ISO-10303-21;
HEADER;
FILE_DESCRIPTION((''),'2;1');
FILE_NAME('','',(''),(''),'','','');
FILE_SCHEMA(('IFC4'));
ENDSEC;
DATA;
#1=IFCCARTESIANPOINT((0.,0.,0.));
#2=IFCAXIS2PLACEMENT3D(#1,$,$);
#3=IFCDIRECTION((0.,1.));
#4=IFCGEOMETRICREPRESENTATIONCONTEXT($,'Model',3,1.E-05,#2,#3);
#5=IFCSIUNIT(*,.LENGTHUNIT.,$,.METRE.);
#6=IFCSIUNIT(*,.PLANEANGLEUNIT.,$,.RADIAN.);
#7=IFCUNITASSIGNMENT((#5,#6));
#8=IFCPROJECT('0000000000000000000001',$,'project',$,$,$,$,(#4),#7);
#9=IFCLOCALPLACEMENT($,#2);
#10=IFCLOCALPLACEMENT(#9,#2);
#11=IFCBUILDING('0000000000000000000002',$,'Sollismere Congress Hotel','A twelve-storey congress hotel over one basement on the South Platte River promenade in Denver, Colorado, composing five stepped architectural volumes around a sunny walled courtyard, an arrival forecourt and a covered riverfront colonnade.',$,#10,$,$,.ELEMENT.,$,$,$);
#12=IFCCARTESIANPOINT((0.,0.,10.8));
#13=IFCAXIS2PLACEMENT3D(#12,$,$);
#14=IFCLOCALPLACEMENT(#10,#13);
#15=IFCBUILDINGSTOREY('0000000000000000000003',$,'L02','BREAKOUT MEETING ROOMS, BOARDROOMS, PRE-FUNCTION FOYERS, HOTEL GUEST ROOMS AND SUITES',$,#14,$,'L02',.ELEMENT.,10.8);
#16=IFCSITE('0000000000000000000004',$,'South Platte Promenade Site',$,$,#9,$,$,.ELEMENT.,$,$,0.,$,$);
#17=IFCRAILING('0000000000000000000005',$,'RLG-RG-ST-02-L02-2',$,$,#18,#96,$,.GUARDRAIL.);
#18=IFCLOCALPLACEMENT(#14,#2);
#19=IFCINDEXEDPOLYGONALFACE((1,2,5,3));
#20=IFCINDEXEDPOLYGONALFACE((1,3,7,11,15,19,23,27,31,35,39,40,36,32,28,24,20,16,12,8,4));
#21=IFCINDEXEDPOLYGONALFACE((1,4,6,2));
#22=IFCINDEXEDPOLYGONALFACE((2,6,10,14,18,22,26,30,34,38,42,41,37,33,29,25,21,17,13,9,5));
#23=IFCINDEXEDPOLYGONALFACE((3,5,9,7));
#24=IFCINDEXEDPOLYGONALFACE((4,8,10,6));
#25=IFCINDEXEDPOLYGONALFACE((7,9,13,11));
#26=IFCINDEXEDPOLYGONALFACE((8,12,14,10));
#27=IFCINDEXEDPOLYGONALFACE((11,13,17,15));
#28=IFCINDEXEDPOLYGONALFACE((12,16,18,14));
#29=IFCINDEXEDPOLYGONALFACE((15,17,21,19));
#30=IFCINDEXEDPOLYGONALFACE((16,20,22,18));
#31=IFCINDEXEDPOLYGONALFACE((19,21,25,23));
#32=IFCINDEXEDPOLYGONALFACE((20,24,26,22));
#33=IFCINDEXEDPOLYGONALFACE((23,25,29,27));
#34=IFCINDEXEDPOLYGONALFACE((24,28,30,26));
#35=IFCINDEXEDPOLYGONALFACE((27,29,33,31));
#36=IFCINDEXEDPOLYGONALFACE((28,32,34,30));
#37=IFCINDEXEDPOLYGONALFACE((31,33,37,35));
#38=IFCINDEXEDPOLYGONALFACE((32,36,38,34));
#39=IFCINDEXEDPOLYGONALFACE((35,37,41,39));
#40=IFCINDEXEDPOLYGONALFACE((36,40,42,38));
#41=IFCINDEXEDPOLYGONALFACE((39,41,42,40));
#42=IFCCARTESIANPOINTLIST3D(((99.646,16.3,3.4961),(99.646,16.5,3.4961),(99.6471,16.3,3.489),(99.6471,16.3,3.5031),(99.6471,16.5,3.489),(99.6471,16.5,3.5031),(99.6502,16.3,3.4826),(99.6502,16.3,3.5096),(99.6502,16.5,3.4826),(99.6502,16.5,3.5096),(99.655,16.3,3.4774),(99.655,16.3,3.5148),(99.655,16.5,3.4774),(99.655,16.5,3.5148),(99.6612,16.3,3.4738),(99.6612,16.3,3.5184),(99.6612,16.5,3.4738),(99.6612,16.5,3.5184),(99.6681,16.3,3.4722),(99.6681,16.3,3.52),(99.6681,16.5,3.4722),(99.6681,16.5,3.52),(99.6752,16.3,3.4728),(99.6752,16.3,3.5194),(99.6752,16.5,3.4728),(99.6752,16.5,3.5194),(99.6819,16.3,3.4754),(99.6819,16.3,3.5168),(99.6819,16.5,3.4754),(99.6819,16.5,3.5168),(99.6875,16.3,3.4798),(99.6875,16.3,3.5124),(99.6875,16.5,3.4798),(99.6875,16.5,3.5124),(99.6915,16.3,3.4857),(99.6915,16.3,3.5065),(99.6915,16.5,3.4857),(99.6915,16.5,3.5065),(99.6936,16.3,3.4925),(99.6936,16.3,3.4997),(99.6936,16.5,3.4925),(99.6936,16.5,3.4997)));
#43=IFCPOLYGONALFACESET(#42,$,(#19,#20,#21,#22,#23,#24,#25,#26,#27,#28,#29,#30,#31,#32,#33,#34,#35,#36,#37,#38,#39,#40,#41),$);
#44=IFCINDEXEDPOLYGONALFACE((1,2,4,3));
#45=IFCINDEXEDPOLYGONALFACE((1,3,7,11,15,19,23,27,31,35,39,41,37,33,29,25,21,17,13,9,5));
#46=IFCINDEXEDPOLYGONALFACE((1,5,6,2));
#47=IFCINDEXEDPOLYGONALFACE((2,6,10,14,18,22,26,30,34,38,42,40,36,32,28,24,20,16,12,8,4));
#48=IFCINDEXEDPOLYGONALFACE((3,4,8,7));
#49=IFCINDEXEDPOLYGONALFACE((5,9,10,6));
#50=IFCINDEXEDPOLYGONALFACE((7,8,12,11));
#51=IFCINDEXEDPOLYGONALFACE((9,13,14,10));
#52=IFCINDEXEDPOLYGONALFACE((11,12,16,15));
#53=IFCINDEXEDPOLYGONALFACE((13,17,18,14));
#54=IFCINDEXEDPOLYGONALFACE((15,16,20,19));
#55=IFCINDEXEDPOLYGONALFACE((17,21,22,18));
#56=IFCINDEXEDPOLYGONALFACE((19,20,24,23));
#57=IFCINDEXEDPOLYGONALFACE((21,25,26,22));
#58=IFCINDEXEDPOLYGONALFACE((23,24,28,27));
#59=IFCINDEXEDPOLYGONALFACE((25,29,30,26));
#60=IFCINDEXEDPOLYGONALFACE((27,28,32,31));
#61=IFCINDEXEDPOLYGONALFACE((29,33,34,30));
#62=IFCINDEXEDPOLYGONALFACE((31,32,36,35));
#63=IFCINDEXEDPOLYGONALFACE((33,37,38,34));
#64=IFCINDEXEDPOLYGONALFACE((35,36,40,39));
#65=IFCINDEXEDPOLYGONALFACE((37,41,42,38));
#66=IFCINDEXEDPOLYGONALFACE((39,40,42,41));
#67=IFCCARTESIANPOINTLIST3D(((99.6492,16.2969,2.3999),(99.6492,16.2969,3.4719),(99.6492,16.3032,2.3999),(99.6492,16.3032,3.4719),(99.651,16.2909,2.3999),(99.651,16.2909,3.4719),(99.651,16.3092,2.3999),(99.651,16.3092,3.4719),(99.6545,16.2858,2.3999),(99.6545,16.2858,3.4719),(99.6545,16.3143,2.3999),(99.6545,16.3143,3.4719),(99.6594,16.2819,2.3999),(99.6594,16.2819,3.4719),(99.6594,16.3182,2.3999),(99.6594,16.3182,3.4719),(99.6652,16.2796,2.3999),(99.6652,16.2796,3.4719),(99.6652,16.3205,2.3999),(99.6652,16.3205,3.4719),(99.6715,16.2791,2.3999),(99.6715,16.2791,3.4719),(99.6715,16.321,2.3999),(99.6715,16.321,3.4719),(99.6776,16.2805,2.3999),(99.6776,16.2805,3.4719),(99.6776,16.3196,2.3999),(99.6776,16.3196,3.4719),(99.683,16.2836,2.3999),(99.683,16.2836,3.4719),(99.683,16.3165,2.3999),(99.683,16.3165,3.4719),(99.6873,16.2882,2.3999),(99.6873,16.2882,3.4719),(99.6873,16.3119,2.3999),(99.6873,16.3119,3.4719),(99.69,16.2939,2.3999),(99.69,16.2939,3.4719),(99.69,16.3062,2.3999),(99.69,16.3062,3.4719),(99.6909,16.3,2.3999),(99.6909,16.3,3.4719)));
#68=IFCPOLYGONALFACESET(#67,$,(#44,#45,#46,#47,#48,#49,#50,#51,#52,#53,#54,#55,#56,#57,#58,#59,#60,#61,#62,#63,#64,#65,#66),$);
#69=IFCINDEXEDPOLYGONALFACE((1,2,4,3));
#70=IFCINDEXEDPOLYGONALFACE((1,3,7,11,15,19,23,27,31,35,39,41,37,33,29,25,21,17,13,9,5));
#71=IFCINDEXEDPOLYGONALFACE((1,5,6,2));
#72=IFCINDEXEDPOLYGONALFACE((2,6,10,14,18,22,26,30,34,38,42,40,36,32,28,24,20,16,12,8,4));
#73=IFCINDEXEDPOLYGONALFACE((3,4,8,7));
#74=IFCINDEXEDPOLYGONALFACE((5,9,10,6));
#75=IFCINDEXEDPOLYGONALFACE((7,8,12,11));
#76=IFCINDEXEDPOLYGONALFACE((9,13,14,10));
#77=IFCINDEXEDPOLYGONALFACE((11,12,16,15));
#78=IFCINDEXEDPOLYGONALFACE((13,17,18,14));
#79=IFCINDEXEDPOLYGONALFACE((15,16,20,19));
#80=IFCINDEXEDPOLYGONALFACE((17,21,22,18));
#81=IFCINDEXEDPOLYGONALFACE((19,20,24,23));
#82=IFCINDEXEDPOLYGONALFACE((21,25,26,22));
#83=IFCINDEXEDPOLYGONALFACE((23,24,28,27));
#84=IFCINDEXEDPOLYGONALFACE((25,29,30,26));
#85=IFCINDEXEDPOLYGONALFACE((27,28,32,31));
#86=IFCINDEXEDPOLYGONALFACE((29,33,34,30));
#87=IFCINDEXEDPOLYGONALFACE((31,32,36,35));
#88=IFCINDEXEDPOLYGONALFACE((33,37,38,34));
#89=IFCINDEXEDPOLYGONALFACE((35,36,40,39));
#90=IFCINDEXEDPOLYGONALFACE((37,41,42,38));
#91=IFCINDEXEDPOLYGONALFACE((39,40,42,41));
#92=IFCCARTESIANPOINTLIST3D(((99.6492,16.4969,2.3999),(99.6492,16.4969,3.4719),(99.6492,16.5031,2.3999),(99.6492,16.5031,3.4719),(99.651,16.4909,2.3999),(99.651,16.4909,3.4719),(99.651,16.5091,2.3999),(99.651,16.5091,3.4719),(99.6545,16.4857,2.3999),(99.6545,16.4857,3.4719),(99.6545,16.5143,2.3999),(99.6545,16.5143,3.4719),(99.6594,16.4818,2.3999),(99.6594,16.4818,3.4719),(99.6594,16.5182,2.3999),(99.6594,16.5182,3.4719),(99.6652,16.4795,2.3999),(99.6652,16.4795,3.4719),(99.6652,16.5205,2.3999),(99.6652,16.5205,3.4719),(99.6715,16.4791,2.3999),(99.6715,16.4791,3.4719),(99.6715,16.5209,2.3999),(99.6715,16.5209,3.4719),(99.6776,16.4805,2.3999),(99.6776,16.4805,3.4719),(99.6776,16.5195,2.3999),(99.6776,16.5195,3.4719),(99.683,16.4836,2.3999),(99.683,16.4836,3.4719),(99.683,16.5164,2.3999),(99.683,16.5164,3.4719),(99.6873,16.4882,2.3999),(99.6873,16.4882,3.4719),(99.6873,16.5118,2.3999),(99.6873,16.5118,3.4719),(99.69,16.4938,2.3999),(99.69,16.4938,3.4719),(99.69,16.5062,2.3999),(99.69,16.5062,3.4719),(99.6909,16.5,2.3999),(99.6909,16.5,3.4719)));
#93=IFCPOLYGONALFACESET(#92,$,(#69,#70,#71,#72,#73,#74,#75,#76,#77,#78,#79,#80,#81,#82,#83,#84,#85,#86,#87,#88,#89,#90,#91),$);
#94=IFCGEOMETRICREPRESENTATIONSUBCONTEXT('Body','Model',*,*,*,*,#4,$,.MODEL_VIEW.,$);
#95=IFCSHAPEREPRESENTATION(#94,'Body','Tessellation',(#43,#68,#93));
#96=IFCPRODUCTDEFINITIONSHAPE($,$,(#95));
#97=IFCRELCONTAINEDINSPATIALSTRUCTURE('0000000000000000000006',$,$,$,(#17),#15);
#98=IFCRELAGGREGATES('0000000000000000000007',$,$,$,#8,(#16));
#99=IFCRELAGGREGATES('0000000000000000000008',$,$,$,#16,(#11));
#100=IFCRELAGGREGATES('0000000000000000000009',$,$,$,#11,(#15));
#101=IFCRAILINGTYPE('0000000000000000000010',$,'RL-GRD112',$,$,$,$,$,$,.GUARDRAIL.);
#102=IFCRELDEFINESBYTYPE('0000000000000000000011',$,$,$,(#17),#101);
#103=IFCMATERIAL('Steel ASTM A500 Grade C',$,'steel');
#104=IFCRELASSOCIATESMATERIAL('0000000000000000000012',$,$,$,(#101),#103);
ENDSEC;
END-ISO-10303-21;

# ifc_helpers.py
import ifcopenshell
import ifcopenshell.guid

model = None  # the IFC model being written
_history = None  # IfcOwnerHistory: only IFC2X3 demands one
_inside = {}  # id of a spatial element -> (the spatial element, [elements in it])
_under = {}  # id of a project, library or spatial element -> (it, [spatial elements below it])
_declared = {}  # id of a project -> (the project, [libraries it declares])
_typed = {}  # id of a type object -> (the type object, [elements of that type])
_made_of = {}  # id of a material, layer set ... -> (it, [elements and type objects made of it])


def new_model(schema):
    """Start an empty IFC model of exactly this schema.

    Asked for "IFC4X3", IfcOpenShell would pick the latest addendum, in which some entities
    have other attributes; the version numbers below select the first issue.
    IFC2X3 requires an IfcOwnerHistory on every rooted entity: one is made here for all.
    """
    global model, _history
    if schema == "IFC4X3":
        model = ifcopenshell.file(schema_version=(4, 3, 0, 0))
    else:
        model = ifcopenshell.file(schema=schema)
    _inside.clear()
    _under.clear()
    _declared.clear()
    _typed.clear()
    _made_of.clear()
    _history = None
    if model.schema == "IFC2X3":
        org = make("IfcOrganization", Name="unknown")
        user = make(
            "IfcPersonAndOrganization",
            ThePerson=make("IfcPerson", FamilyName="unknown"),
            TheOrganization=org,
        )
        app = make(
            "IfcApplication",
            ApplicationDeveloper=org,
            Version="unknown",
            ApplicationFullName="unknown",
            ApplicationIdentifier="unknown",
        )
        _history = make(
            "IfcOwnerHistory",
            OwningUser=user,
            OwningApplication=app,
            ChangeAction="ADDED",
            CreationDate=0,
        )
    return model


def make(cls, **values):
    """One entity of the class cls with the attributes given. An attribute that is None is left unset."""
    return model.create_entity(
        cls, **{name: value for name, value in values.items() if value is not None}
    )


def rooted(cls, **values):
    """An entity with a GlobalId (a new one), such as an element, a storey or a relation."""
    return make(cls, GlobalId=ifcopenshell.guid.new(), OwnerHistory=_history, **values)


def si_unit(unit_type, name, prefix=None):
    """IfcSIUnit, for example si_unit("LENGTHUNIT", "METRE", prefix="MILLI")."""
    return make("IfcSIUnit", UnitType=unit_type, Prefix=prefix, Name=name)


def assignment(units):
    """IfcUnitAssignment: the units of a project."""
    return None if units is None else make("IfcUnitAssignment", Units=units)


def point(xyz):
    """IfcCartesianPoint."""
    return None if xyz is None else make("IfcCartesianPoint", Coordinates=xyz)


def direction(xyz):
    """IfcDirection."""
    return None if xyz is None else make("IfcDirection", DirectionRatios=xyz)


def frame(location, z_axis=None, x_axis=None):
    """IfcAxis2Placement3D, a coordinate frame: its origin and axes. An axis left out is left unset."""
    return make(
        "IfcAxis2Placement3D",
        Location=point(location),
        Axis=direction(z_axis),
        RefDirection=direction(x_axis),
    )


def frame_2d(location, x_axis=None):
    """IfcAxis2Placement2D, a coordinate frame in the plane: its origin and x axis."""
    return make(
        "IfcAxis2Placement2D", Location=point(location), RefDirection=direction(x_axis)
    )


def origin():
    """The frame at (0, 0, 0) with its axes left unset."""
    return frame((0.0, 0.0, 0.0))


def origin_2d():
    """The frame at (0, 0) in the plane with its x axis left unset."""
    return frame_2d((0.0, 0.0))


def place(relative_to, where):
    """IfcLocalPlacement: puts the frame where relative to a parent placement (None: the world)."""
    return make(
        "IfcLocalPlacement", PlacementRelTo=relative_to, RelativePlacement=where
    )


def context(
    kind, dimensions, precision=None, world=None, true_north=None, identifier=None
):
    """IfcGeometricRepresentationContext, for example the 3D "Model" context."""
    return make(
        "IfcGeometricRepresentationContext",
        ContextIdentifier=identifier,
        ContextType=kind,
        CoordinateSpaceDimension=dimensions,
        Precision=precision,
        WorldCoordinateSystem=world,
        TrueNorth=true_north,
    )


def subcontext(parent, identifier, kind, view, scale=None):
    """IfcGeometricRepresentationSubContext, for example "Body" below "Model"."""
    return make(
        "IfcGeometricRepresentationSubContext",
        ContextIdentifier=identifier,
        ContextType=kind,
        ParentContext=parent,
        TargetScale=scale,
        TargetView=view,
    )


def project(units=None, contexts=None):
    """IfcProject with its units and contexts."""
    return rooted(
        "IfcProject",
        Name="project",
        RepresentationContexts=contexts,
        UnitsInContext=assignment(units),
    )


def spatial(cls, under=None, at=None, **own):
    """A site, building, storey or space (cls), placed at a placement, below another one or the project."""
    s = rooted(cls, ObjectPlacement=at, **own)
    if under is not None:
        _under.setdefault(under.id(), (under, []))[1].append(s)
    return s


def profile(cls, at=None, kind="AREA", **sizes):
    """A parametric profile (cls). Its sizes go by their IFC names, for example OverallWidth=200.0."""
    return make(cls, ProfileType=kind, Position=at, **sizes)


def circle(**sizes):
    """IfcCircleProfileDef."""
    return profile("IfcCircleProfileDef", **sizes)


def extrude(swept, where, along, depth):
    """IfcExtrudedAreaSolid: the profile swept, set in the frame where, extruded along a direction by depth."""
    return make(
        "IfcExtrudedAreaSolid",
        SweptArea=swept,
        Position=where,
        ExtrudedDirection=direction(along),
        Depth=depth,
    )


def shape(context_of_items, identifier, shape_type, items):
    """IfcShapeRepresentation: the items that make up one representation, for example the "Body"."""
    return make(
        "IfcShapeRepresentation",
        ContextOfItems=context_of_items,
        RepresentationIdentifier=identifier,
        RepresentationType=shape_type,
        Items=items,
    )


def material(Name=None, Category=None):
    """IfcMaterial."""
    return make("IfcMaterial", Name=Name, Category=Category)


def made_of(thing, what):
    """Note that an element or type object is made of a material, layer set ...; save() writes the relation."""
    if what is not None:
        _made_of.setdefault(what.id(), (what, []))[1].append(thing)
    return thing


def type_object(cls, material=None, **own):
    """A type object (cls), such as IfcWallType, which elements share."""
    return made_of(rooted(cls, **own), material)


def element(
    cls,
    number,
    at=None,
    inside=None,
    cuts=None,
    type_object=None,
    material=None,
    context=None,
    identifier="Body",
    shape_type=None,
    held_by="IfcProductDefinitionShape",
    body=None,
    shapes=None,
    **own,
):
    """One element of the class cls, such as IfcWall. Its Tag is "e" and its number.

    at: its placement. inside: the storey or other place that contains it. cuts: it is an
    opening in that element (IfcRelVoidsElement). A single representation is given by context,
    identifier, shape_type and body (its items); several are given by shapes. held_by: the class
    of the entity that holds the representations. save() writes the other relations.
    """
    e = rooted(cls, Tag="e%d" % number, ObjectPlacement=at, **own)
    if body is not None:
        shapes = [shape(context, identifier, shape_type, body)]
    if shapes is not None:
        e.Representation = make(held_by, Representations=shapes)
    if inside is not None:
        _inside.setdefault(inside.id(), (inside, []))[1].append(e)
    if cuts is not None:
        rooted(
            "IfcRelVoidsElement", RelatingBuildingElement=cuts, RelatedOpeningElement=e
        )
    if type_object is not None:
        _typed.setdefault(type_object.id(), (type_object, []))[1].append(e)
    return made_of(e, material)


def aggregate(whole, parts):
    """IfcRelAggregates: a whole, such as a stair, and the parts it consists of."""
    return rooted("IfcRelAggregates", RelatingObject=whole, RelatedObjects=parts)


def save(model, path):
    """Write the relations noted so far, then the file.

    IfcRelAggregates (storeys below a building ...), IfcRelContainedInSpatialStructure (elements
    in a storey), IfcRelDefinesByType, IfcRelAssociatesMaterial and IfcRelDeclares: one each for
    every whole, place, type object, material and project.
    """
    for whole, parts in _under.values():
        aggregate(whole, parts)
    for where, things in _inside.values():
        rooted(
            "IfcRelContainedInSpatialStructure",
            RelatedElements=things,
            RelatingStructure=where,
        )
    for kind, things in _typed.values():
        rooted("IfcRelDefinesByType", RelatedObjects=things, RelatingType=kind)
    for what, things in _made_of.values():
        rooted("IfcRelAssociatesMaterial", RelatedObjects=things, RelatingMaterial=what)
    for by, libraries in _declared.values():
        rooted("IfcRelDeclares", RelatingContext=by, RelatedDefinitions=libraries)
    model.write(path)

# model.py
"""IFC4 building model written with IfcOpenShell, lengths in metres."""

from ifc_helpers import new_model, si_unit, direction, frame, origin, origin_2d, place, context, subcontext, project, spatial, circle, extrude, material, type_object, element, save


model = new_model("IFC4")

# Units and contexts
model_context = context("Model", 3, precision=1e-05, world=origin(), true_north=direction((0.0, 1.0)))
body_context = subcontext(model_context, "Body", "Model", "MODEL_VIEW")
ifc_project = project(units=[si_unit("LENGTHUNIT", "METRE"), si_unit("PLANEANGLEUNIT", "RADIAN")], contexts=[model_context])

# Site, building, storey
site_placement = place(None, origin())
site = spatial("IfcSite", under=ifc_project, at=site_placement, Name="South Platte Promenade Site", CompositionType="ELEMENT", RefElevation=0.0)
building_placement = place(site_placement, origin())
building = spatial("IfcBuilding", under=site, at=building_placement, Name="Sollismere Congress Hotel", Description="A twelve-storey congress hotel over one basement on the South Platte River promenade in Denver, Colorado, composing five stepped architectural volumes around a sunny walled courtyard, an arrival forecourt and a covered riverfront colonnade.", CompositionType="ELEMENT")
storey_placement = place(building_placement, frame((0.0, 0.0, 10.8)))
storey = spatial("IfcBuildingStorey", under=building, at=storey_placement, Name="L02", Description="BREAKOUT MEETING ROOMS, BOARDROOMS, PRE-FUNCTION FOYERS, HOTEL GUEST ROOMS AND SUITES", LongName="L02", CompositionType="ELEMENT", Elevation=10.8)

# Shared definitions
ifc_material_1 = material(Name="Steel ASTM A500 Grade C", Category="steel")

# Railing
railing_type_1 = type_object("IfcRailingType", Name="RL-GRD112", PredefinedType="GUARDRAIL", material=ifc_material_1)
railing_1_placement = place(storey_placement, frame((99.6699, 16.3, 2.3999)))
element("IfcRailing", 1, at=railing_1_placement, inside=storey, type_object=railing_type_1, Name="RLG-RG-ST-02-L02-2", PredefinedType="GUARDRAIL", context=body_context, shape_type="SweptSolid", body=[
    extrude(circle(Radius=0.0239, at=origin_2d()), frame((0.0, 0.0, 1.0962), z_axis=(0.0, 1.0, 0.0), x_axis=(-1.0, 0.0, 0.0)), (0.0, 0.0, 1.0), 0.2),
    extrude(circle(Radius=0.021, at=origin_2d()), origin(), (0.0, 0.0, 1.0), 1.072),
    extrude(circle(Radius=0.021, at=origin_2d()), frame((0.0, 0.2, 0.0)), (0.0, 0.0, 1.0), 1.072),
])

save(model, "model.ifc")
